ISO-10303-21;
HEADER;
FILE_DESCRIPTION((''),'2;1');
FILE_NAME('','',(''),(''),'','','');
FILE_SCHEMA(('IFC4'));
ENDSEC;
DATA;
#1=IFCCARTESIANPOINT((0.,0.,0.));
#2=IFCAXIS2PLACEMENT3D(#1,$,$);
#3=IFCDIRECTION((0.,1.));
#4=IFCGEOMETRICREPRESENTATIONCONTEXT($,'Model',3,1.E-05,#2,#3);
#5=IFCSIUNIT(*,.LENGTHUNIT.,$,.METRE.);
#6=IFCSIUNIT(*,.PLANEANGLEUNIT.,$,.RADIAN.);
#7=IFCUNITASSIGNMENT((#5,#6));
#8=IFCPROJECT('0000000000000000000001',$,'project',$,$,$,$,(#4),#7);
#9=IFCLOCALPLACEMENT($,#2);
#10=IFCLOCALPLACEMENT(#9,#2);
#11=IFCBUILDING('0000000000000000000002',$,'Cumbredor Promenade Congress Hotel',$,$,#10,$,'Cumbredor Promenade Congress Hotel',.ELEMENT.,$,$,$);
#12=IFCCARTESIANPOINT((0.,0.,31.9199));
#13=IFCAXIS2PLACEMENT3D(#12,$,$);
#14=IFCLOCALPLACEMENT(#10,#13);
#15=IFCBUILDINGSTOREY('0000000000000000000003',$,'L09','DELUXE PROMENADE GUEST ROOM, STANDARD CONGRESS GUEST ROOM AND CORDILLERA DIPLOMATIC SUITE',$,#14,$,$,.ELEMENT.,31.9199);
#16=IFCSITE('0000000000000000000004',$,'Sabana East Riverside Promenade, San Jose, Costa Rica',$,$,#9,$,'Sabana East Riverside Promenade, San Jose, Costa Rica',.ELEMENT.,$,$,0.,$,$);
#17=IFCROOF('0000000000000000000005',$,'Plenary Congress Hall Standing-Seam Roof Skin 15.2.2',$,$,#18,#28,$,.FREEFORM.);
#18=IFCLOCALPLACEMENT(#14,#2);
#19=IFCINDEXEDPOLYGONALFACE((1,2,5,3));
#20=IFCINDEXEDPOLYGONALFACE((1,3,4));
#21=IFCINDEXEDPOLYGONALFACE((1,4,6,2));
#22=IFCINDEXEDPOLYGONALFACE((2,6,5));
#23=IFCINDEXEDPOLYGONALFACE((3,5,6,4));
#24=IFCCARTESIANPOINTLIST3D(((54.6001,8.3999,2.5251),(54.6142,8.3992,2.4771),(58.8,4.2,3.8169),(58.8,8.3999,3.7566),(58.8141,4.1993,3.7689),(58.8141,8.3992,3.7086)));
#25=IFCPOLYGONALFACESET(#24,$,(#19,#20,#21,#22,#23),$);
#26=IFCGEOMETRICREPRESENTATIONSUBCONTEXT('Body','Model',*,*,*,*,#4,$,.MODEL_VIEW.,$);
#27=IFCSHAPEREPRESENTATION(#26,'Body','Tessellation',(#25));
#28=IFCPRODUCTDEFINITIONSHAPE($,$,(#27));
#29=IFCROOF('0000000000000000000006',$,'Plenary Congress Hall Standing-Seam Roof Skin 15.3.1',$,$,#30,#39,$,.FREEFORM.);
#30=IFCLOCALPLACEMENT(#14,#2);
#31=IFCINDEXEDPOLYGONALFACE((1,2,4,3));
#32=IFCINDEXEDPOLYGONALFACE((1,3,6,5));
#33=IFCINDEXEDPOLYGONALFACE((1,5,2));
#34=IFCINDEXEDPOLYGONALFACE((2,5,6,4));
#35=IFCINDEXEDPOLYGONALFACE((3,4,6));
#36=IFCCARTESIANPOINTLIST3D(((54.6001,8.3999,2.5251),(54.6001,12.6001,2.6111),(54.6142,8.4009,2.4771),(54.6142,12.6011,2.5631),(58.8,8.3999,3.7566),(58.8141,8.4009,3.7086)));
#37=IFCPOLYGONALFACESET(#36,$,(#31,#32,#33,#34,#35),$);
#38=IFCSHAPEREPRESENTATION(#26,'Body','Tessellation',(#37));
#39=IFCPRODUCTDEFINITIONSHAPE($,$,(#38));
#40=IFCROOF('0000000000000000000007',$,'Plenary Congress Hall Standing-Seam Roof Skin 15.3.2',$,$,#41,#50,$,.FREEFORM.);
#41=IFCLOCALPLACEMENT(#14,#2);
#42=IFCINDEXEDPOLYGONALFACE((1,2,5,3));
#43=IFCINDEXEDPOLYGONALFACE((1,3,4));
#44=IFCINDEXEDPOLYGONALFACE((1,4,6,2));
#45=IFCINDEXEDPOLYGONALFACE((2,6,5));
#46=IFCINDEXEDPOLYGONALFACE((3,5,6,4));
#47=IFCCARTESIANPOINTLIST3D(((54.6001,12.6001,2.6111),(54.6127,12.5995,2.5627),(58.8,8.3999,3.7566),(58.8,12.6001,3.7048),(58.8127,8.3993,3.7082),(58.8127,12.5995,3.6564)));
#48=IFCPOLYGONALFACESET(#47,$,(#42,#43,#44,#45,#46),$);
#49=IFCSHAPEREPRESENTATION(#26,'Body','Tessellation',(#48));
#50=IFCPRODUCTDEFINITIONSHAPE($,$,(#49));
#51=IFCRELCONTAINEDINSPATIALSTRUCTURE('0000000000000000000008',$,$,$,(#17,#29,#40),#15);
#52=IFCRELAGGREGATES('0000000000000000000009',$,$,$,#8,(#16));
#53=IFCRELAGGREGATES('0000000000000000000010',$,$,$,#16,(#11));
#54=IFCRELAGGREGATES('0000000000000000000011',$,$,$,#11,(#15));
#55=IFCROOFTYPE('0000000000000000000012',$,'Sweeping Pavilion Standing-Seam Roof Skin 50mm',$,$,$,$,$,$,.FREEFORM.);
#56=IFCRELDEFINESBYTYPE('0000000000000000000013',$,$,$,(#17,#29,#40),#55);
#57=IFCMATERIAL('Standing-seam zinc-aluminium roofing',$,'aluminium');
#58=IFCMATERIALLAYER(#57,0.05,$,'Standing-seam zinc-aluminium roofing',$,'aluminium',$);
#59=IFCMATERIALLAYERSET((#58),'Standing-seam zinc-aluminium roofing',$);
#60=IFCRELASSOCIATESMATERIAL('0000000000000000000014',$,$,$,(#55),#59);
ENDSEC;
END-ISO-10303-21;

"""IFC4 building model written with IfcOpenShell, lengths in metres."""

from ifc_helpers import new_model, si_unit, direction, frame, origin, place, context, subcontext, project, spatial, polyline, outline, extrude, material, layer, layer_set, type_object, element, save


model = new_model("IFC4")

# Units and contexts
model_context = context("Model", 3, precision=1e-05, world=origin(), true_north=direction((0.0, 1.0)))
body_context = subcontext(model_context, "Body", "Model", "MODEL_VIEW")
ifc_project = project(units=[si_unit("LENGTHUNIT", "METRE"), si_unit("PLANEANGLEUNIT", "RADIAN")], contexts=[model_context])

# Site, building, storey
site_placement = place(None, origin())
site = spatial("IfcSite", under=ifc_project, at=site_placement, Name="Sabana East Riverside Promenade, San Jose, Costa Rica", LongName="Sabana East Riverside Promenade, San Jose, Costa Rica", CompositionType="ELEMENT", RefElevation=0.0)
building_placement = place(site_placement, origin())
building = spatial("IfcBuilding", under=site, at=building_placement, Name="Cumbredor Promenade Congress Hotel", LongName="Cumbredor Promenade Congress Hotel", CompositionType="ELEMENT")
storey_placement = place(building_placement, frame((0.0, 0.0, 31.9199)))
storey = spatial("IfcBuildingStorey", under=building, at=storey_placement, Name="L09", Description="DELUXE PROMENADE GUEST ROOM, STANDARD CONGRESS GUEST ROOM AND CORDILLERA DIPLOMATIC SUITE", CompositionType="ELEMENT", Elevation=31.9199)

# Roofs
ifc_material_1 = material(Name="Standing-seam zinc-aluminium roofing", Category="aluminium")
ifc_layer_1 = layer(ifc_material_1, 0.05, Name="Standing-seam zinc-aluminium roofing", Category="aluminium")
ifc_layer_set_1 = layer_set([ifc_layer_1], Name="Standing-seam zinc-aluminium roofing")
roof_type = type_object("IfcRoofType", Name="Sweeping Pavilion Standing-Seam Roof Skin 50mm", PredefinedType="FREEFORM", material=ifc_layer_set_1)
roof_1_placement = place(storey_placement, frame((58.8, 4.2, 3.8169), z_axis=(-0.281333, 0.013777, 0.959511), x_axis=(0.0, 0.999897, -0.014356)))
element("IfcRoof", 1, at=roof_1_placement, inside=storey, type_object=roof_type, Name="Plenary Congress Hall Standing-Seam Roof Skin 15.2.2", PredefinedType="FREEFORM", context=body_context, shape_type="SweptSolid", body=[
    extrude(outline(polyline([(0.0, 0.0), (4.2004, 0.0), (4.2181, 4.3767), (0.0, 0.0)])), origin(), (0.0, 0.0, -1.0), 0.05),
])
roof_2_placement = place(storey_placement, frame((54.6001, 8.3999, 2.5251), z_axis=(-0.281306, -0.01963, 0.959417), x_axis=(0.959602, 0.0, 0.28136)))
element("IfcRoof", 2, at=roof_2_placement, inside=storey, type_object=roof_type, Name="Plenary Congress Hall Standing-Seam Roof Skin 15.3.1", PredefinedType="FREEFORM", context=body_context, shape_type="SweptSolid", body=[
    extrude(outline(polyline([(0.0, 0.0), (4.3768, 0.0), (0.0242, 4.201), (0.0, 0.0)])), origin(), (0.0, 0.0, -1.0), 0.05),
])
roof_3_placement = place(storey_placement, frame((58.8, 8.3999, 3.7566), z_axis=(-0.251996, 0.011924, 0.967655), x_axis=(0.0, 0.999924, -0.012322)))
element("IfcRoof", 3, at=roof_3_placement, inside=storey, type_object=roof_type, Name="Plenary Congress Hall Standing-Seam Roof Skin 15.3.2", PredefinedType="FREEFORM", context=body_context, shape_type="SweptSolid", body=[
    extrude(outline(polyline([(0.0, 0.0), (4.2005, 0.0), (4.214, 4.34), (0.0, 0.0)])), origin(), (0.0, 0.0, -1.0), 0.05),
])

save(model, "model.ifc")
